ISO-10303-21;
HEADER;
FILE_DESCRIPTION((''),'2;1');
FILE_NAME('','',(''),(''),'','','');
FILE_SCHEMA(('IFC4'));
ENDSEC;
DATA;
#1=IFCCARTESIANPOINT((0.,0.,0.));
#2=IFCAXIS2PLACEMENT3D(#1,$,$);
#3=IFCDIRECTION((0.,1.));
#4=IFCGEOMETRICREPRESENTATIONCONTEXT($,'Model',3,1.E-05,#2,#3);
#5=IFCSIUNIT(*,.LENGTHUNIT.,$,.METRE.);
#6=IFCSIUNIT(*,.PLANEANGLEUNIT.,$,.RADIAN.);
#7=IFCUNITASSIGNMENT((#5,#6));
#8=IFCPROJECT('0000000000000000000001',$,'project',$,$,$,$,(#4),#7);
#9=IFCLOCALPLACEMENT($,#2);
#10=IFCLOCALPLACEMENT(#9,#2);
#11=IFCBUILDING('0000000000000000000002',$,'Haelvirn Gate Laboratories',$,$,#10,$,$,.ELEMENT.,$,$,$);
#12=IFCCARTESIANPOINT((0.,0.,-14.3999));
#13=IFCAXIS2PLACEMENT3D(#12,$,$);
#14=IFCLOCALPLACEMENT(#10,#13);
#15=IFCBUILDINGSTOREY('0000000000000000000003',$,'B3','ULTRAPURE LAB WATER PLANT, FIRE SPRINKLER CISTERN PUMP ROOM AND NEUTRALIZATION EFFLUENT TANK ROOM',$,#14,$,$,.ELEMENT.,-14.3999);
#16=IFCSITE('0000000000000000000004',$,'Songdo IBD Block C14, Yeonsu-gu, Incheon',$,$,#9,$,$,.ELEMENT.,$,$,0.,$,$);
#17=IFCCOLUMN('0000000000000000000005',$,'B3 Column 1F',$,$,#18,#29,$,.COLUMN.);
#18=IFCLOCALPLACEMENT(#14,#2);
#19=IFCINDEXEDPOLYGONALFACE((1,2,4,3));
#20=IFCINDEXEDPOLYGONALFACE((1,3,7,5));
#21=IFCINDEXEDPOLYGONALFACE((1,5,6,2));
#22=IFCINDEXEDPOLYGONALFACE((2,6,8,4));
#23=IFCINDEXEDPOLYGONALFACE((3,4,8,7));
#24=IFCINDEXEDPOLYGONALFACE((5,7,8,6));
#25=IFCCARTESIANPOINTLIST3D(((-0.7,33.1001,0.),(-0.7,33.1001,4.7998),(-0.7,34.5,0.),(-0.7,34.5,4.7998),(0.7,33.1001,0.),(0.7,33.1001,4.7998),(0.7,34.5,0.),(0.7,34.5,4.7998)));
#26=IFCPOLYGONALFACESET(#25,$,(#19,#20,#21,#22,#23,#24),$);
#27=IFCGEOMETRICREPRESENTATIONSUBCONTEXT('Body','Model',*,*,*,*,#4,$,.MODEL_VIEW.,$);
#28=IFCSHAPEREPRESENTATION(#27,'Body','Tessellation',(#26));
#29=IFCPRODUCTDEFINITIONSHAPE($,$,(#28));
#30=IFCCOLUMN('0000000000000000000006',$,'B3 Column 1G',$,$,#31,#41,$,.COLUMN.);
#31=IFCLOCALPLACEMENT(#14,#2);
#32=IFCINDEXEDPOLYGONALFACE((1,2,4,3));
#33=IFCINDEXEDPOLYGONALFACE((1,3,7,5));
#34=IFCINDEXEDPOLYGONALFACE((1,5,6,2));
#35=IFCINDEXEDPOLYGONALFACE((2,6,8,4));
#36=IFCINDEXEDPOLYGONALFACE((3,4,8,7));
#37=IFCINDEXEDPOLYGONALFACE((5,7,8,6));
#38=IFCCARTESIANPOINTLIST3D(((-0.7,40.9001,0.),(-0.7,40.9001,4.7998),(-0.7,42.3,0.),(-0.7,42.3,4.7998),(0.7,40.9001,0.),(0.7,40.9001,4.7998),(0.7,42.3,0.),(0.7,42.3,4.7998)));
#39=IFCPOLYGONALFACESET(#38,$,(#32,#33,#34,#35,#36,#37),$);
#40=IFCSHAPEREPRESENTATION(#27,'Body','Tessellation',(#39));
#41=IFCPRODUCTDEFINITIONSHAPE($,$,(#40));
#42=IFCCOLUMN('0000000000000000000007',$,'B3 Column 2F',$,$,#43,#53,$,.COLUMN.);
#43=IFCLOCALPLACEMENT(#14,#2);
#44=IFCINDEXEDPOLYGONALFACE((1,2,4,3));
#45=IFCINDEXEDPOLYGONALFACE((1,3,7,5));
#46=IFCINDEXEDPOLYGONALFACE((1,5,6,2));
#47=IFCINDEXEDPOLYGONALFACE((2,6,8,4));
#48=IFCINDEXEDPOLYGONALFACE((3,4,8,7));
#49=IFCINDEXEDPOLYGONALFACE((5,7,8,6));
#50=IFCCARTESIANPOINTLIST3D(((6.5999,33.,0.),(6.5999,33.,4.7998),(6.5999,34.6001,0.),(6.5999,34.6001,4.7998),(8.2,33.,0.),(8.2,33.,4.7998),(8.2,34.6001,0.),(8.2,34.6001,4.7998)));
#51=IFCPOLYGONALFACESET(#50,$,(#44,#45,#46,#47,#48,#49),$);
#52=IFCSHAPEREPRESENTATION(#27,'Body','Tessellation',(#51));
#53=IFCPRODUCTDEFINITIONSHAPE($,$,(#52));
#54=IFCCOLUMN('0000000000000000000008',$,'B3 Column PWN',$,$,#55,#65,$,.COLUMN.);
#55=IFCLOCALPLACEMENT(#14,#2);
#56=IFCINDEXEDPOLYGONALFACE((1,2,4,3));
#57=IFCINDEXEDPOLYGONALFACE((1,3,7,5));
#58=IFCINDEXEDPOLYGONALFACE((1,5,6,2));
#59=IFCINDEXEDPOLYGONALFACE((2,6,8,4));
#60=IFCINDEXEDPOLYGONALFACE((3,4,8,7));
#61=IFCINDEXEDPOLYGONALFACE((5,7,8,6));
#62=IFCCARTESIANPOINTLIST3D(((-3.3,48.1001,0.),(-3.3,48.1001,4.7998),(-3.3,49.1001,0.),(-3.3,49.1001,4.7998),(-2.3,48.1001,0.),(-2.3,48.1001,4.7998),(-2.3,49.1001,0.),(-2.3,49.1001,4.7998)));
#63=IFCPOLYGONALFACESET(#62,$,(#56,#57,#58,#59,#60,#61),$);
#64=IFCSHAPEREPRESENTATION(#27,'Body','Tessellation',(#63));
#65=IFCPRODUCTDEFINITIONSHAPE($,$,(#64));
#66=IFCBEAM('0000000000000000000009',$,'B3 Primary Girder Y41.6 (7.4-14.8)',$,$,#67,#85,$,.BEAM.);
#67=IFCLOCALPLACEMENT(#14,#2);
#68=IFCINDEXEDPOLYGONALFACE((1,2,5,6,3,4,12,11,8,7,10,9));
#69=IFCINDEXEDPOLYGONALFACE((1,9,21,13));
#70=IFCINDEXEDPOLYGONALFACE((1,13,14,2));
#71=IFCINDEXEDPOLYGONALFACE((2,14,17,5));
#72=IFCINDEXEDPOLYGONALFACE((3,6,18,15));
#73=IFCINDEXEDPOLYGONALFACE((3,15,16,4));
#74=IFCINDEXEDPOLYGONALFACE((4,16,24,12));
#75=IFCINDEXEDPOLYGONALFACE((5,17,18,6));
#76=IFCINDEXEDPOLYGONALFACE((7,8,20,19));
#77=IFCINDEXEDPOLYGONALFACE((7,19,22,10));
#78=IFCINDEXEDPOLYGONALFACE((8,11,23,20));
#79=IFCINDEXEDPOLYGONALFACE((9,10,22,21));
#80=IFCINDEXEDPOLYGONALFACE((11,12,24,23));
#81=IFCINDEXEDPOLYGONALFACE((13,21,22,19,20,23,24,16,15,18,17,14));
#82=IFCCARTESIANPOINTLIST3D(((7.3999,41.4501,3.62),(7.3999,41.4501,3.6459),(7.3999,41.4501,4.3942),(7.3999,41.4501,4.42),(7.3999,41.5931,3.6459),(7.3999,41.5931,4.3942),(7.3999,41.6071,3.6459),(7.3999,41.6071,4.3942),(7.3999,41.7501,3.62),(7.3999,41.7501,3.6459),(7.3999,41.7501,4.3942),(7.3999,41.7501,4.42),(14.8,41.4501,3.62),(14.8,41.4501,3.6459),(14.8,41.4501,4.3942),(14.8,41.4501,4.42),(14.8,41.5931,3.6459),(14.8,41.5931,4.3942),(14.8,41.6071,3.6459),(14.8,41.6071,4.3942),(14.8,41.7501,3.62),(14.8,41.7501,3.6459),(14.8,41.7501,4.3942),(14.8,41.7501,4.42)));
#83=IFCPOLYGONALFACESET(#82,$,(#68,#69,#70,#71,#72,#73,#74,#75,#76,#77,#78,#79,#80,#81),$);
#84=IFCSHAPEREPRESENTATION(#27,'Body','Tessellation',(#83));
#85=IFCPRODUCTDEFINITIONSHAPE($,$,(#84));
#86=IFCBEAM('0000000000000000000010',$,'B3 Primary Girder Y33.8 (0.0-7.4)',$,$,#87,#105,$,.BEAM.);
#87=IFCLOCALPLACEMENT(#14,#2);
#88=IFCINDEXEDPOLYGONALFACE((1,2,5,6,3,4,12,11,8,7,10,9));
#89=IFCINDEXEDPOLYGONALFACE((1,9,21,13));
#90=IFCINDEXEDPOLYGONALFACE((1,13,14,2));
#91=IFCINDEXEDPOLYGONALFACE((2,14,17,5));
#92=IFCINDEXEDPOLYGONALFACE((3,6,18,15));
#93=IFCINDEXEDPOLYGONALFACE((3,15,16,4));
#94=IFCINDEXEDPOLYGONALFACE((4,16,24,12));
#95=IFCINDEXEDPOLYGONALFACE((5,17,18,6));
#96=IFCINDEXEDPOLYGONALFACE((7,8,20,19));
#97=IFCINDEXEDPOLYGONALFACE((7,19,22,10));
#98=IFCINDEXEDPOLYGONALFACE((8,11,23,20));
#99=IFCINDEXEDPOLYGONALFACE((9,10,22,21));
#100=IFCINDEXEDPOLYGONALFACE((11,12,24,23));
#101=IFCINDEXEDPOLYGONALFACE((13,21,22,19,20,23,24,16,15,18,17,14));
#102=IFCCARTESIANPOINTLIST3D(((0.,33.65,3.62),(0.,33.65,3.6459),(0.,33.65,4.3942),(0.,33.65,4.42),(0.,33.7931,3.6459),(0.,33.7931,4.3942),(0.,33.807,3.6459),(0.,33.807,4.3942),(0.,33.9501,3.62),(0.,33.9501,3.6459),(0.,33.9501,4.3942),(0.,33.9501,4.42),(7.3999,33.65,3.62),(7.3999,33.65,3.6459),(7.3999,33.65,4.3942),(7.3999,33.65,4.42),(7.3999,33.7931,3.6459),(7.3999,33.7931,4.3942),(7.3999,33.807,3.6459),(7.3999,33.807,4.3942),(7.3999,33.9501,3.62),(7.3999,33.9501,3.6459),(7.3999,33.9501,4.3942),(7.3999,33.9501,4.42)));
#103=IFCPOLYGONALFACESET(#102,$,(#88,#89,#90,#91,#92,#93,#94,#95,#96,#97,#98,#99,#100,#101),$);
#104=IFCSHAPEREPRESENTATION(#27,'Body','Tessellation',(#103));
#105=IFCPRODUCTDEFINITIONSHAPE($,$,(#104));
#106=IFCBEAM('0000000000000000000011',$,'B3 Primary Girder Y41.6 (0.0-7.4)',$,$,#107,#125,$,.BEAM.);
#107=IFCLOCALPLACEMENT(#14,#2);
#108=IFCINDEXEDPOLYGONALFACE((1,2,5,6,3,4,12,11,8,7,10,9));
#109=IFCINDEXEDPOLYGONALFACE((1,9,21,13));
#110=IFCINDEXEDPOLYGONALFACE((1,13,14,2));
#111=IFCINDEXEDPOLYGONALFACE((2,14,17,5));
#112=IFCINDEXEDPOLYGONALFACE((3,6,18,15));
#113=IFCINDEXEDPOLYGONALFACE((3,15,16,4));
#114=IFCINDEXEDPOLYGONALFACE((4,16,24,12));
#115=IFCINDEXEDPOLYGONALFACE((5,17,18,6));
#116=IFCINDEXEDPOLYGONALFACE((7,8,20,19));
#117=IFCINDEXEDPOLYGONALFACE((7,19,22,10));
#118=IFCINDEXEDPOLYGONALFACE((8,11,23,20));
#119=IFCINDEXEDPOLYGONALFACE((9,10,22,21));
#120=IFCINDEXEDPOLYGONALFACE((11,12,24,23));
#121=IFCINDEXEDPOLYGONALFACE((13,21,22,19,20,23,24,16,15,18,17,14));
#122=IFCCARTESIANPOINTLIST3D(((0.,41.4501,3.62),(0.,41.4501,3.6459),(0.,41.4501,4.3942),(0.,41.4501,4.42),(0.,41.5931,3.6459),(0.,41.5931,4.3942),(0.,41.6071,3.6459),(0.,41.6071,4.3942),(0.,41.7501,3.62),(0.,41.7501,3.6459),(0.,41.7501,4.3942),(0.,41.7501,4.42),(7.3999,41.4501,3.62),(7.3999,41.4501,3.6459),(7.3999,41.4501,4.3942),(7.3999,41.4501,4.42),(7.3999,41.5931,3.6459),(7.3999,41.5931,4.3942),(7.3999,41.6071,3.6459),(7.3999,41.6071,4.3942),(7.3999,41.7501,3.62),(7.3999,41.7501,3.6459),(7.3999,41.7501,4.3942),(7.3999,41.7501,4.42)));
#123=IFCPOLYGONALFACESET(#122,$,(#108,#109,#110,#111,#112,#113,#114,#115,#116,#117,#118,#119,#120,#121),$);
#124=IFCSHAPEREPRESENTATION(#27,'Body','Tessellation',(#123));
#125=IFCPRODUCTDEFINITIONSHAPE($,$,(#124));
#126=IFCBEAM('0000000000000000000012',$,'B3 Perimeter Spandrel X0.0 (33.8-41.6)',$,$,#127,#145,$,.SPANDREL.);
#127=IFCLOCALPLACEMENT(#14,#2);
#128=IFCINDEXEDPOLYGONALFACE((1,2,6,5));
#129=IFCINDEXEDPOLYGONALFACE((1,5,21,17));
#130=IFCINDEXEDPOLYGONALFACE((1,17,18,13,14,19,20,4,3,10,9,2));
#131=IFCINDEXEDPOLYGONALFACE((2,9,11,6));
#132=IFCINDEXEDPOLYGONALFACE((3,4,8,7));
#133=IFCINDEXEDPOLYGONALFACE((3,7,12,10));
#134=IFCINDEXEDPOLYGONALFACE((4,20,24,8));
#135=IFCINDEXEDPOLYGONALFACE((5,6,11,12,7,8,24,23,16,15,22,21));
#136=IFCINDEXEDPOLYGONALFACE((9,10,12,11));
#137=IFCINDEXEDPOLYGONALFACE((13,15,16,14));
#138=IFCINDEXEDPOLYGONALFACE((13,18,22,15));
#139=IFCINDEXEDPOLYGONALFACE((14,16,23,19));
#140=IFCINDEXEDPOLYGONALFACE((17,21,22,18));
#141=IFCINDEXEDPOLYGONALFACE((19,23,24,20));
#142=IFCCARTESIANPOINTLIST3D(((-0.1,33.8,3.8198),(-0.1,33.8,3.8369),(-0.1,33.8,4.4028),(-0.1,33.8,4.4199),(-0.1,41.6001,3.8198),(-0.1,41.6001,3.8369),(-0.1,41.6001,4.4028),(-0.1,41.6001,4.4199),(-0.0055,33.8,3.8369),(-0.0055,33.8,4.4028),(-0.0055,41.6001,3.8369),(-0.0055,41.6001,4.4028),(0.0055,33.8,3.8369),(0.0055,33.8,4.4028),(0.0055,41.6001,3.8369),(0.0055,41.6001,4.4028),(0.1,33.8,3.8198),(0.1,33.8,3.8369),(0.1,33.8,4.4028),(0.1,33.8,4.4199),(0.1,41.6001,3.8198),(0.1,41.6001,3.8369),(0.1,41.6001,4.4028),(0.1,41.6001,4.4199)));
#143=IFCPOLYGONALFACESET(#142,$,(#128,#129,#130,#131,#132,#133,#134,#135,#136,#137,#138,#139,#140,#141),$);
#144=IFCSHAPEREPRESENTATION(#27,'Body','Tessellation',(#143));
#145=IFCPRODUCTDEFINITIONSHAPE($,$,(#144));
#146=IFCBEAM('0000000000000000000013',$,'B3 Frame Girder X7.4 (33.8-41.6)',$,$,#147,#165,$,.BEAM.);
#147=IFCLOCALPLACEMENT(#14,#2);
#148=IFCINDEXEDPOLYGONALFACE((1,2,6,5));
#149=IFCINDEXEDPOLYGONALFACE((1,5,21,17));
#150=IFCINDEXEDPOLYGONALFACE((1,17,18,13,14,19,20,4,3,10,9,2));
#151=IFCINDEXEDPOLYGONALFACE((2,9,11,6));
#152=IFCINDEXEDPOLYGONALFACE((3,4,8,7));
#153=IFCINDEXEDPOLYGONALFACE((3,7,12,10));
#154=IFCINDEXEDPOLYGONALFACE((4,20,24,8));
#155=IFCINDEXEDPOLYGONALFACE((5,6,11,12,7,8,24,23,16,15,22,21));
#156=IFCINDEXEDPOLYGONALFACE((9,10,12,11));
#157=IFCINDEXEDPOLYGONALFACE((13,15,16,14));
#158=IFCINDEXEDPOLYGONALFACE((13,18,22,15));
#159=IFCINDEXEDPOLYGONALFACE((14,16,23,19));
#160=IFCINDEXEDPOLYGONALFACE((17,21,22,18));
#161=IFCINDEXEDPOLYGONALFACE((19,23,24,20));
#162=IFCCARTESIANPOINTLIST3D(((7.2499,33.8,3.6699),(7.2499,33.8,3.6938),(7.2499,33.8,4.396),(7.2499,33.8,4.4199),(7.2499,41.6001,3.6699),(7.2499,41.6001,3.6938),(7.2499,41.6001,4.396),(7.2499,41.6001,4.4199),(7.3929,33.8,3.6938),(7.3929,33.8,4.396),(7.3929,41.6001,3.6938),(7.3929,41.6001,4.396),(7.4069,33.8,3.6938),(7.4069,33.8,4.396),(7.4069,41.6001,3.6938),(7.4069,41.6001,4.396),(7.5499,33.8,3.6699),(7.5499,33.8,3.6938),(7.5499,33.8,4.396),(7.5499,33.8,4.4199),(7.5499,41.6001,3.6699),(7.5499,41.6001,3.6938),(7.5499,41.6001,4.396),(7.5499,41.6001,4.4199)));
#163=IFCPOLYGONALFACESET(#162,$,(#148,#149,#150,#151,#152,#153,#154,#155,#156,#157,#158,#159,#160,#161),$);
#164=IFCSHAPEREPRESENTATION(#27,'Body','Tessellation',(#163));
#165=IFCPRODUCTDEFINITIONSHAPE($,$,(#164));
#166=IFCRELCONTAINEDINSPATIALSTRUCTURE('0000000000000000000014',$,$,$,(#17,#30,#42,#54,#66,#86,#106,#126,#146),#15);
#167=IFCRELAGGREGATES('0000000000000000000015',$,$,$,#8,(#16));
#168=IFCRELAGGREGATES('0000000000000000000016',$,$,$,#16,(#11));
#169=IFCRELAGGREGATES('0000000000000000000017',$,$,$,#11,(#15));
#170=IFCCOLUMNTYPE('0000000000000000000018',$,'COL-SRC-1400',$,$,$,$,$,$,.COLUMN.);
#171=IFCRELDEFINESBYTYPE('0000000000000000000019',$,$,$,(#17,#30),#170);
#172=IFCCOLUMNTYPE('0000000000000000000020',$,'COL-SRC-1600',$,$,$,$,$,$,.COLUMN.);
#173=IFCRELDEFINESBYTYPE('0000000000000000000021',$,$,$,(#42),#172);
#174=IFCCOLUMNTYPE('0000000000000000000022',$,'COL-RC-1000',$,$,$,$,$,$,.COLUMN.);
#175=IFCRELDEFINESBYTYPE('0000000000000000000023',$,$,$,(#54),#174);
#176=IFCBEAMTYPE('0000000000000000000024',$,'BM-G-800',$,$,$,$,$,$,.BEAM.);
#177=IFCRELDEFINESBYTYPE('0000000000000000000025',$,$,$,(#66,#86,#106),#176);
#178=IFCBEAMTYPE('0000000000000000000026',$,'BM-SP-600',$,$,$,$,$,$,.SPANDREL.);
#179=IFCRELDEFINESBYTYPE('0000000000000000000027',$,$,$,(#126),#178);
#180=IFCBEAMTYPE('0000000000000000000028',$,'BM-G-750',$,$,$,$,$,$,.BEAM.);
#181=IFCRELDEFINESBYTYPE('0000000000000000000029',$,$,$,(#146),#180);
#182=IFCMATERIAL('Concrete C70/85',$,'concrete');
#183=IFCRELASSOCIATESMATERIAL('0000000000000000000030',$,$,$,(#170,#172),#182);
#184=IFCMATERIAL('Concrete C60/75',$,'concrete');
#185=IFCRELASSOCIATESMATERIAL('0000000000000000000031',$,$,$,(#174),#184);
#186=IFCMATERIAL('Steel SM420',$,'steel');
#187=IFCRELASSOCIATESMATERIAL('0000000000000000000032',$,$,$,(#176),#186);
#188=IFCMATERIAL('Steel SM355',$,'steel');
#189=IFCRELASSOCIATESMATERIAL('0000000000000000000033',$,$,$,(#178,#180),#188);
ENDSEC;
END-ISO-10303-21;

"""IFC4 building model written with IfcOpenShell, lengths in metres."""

from ifc_helpers import new_model, si_unit, direction, frame, origin, origin_2d, place, context, subcontext, project, spatial, rectangle, i_section, extrude, source, transform, mapped, material, material_profile, profile_set, type_object, type_shapes, element, save


model = new_model("IFC4")

# Units and contexts
model_context = context("Model", 3, precision=1e-05, world=origin(), true_north=direction((0.0, 1.0)))
body_context = subcontext(model_context, "Body", "Model", "MODEL_VIEW")
ifc_project = project(units=[si_unit("LENGTHUNIT", "METRE"), si_unit("PLANEANGLEUNIT", "RADIAN")], contexts=[model_context])

# Site, building, storey
site_placement = place(None, origin())
site = spatial("IfcSite", under=ifc_project, at=site_placement, Name="Songdo IBD Block C14, Yeonsu-gu, Incheon", CompositionType="ELEMENT", RefElevation=0.0)
building_placement = place(site_placement, origin())
building = spatial("IfcBuilding", under=site, at=building_placement, Name="Haelvirn Gate Laboratories", CompositionType="ELEMENT")
storey_placement = place(building_placement, frame((0.0, 0.0, -14.3999)))
storey = spatial("IfcBuildingStorey", under=building, at=storey_placement, Name="B3", Description="ULTRAPURE LAB WATER PLANT, FIRE SPRINKLER CISTERN PUMP ROOM AND NEUTRALIZATION EFFLUENT TANK ROOM", CompositionType="ELEMENT", Elevation=-14.3999)

# Columns
ifc_material_1 = material(Name="Concrete C70/85", Category="concrete")
ifc_material_profile_1 = material_profile(ifc_material_1, rectangle(XDim=1.3999, YDim=1.3999, at=origin_2d()), Name="SRC-1400x1400")
ifc_profile_set_1 = profile_set([ifc_material_profile_1], Name="Concrete C70/85")
column_type_1 = type_object("IfcColumnType", Name="COL-SRC-1400", PredefinedType="COLUMN", material=ifc_profile_set_1)
shared_shape_1 = source(origin(), body_context, "Body", "SweptSolid", [
    extrude(rectangle(XDim=1.3999, YDim=1.3999, at=origin_2d()), origin(), (0.0, 0.0, 1.0), 4.7998),
])
type_shapes(column_type_1, [shared_shape_1])
for number, where, z_axis, x_axis, name in (
    (1, (0.0, 33.8, 0.0), (0.0, 0.0, 1.0), (1.0, 0.0, 0.0), "B3 Column 1F"),
    (2, (0.0, 41.6001, 0.0), (0.0, 0.0, 1.0), (1.0, 0.0, 0.0), "B3 Column 1G"),
):
    element("IfcColumn", number, at=place(storey_placement, frame(where, z_axis=z_axis, x_axis=x_axis)), inside=storey, type_object=column_type_1, Name=name, PredefinedType="COLUMN", context=body_context, shape_type="MappedRepresentation", body=[
        mapped(shared_shape_1, transform((0.0, 0.0, 0.0), scale=1.0)),
    ])
ifc_material_profile_2 = material_profile(ifc_material_1, rectangle(XDim=1.6001, YDim=1.6001, at=origin_2d()), Name="SRC-1600x1600")
ifc_profile_set_2 = profile_set([ifc_material_profile_2], Name="Concrete C70/85")
column_type_2 = type_object("IfcColumnType", Name="COL-SRC-1600", PredefinedType="COLUMN", material=ifc_profile_set_2)
shared_shape_2 = source(origin(), body_context, "Body", "SweptSolid", [
    extrude(rectangle(XDim=1.6001, YDim=1.6001, at=origin_2d()), origin(), (0.0, 0.0, 1.0), 4.7998),
])
type_shapes(column_type_2, [shared_shape_2])
column_1_placement = place(storey_placement, frame((7.3999, 33.8, 0.0), z_axis=(0.0, 0.0, 1.0), x_axis=(1.0, 0.0, 0.0)))
element("IfcColumn", 3, at=column_1_placement, inside=storey, type_object=column_type_2, Name="B3 Column 2F", PredefinedType="COLUMN", context=body_context, shape_type="MappedRepresentation", body=[
    mapped(shared_shape_2, transform((0.0, 0.0, 0.0), scale=1.0)),
])
ifc_material_2 = material(Name="Concrete C60/75", Category="concrete")
ifc_material_profile_3 = material_profile(ifc_material_2, rectangle(XDim=1.0, YDim=1.0, at=origin_2d()), Name="RC-1000x1000")
ifc_profile_set_3 = profile_set([ifc_material_profile_3], Name="Concrete C60/75")
column_type_3 = type_object("IfcColumnType", Name="COL-RC-1000", PredefinedType="COLUMN", material=ifc_profile_set_3)
shared_shape_3 = source(origin(), body_context, "Body", "SweptSolid", [
    extrude(rectangle(XDim=1.0, YDim=1.0, at=origin_2d()), origin(), (0.0, 0.0, 1.0), 4.7998),
])
type_shapes(column_type_3, [shared_shape_3])
column_2_placement = place(storey_placement, frame((-2.8, 48.6001, 0.0), z_axis=(0.0, 0.0, 1.0), x_axis=(1.0, 0.0, 0.0)))
element("IfcColumn", 4, at=column_2_placement, inside=storey, type_object=column_type_3, Name="B3 Column PWN", PredefinedType="COLUMN", context=body_context, shape_type="MappedRepresentation", body=[
    mapped(shared_shape_3, transform((0.0, 0.0, 0.0), scale=1.0)),
])

# Beams
ifc_material_3 = material(Name="Steel SM420", Category="steel")
ifc_material_profile_4 = material_profile(ifc_material_3, i_section(OverallWidth=0.3, OverallDepth=0.8, WebThickness=0.0139, FlangeThickness=0.0259, at=origin_2d()), Name="H-800x300x14x26")
ifc_profile_set_4 = profile_set([ifc_material_profile_4], Name="Steel SM420")
beam_type_1 = type_object("IfcBeamType", Name="BM-G-800", PredefinedType="BEAM", material=ifc_profile_set_4)
shared_shape_4 = source(origin(), body_context, "Body", "SweptSolid", [
    extrude(i_section(OverallWidth=0.3, OverallDepth=0.8, WebThickness=0.0139, FlangeThickness=0.0259, at=origin_2d()), origin(), (0.0, 0.0, 1.0), 7.4001),
])
beam_1_placement = place(storey_placement, frame((7.3999, 41.6001, 4.02), z_axis=(1.0, 0.0, 0.0), x_axis=(0.0, 1.0, 0.0)))
element("IfcBeam", 5, at=beam_1_placement, inside=storey, type_object=beam_type_1, Name="B3 Primary Girder Y41.6 (7.4-14.8)", PredefinedType="BEAM", context=body_context, shape_type="MappedRepresentation", body=[
    mapped(shared_shape_4, transform((0.0, 0.0, 0.0), scale=1.0)),
])
shared_shape_5 = source(origin(), body_context, "Body", "SweptSolid", [
    extrude(i_section(OverallWidth=0.3, OverallDepth=0.8, WebThickness=0.0139, FlangeThickness=0.0259, at=origin_2d()), origin(), (0.0, 0.0, 1.0), 7.3999),
])
type_shapes(beam_type_1, [shared_shape_4, shared_shape_5])
for number, where, z_axis, x_axis, name in (
    (6, (0.0, 33.8, 4.02), (1.0, 0.0, 0.0), (0.0, 1.0, 0.0), "B3 Primary Girder Y33.8 (0.0-7.4)"),
    (7, (0.0, 41.6001, 4.02), (1.0, 0.0, 0.0), (0.0, 1.0, 0.0), "B3 Primary Girder Y41.6 (0.0-7.4)"),
):
    element("IfcBeam", number, at=place(storey_placement, frame(where, z_axis=z_axis, x_axis=x_axis)), inside=storey, type_object=beam_type_1, Name=name, PredefinedType="BEAM", context=body_context, shape_type="MappedRepresentation", body=[
        mapped(shared_shape_5, transform((0.0, 0.0, 0.0), scale=1.0)),
    ])
ifc_material_4 = material(Name="Steel SM355", Category="steel")
ifc_material_profile_5 = material_profile(ifc_material_4, i_section(OverallWidth=0.2, OverallDepth=0.6001, WebThickness=0.011, FlangeThickness=0.0171, at=origin_2d()), Name="H-600x200x11x17")
ifc_profile_set_5 = profile_set([ifc_material_profile_5], Name="Steel SM355")
beam_type_2 = type_object("IfcBeamType", Name="BM-SP-600", PredefinedType="SPANDREL", material=ifc_profile_set_5)
shared_shape_6 = source(origin(), body_context, "Body", "SweptSolid", [
    extrude(i_section(OverallWidth=0.2, OverallDepth=0.6001, WebThickness=0.011, FlangeThickness=0.0171, at=origin_2d()), origin(), (0.0, 0.0, 1.0), 7.8),
])
type_shapes(beam_type_2, [shared_shape_6])
beam_2_placement = place(storey_placement, frame((0.0, 33.8, 4.1199), z_axis=(0.0, 1.0, 0.0), x_axis=(-1.0, 0.0, 0.0)))
element("IfcBeam", 8, at=beam_2_placement, inside=storey, type_object=beam_type_2, Name="B3 Perimeter Spandrel X0.0 (33.8-41.6)", PredefinedType="SPANDREL", context=body_context, shape_type="MappedRepresentation", body=[
    mapped(shared_shape_6, transform((0.0, 0.0, 0.0), scale=1.0)),
])
ifc_material_profile_6 = material_profile(ifc_material_4, i_section(OverallWidth=0.3, OverallDepth=0.75, WebThickness=0.0139, FlangeThickness=0.0239, at=origin_2d()), Name="H-750x300x14x24")
ifc_profile_set_6 = profile_set([ifc_material_profile_6], Name="Steel SM355")
beam_type_3 = type_object("IfcBeamType", Name="BM-G-750", PredefinedType="BEAM", material=ifc_profile_set_6)
shared_shape_7 = source(origin(), body_context, "Body", "SweptSolid", [
    extrude(i_section(OverallWidth=0.3, OverallDepth=0.75, WebThickness=0.0139, FlangeThickness=0.0239, at=origin_2d()), origin(), (0.0, 0.0, 1.0), 7.8),
])
type_shapes(beam_type_3, [shared_shape_7])
beam_3_placement = place(storey_placement, frame((7.3999, 33.8, 4.0449), z_axis=(0.0, 1.0, 0.0), x_axis=(-1.0, 0.0, 0.0)))
element("IfcBeam", 9, at=beam_3_placement, inside=storey, type_object=beam_type_3, Name="B3 Frame Girder X7.4 (33.8-41.6)", PredefinedType="BEAM", context=body_context, shape_type="MappedRepresentation", body=[
    mapped(shared_shape_7, transform((0.0, 0.0, 0.0), scale=1.0)),
])

save(model, "model.ifc")
